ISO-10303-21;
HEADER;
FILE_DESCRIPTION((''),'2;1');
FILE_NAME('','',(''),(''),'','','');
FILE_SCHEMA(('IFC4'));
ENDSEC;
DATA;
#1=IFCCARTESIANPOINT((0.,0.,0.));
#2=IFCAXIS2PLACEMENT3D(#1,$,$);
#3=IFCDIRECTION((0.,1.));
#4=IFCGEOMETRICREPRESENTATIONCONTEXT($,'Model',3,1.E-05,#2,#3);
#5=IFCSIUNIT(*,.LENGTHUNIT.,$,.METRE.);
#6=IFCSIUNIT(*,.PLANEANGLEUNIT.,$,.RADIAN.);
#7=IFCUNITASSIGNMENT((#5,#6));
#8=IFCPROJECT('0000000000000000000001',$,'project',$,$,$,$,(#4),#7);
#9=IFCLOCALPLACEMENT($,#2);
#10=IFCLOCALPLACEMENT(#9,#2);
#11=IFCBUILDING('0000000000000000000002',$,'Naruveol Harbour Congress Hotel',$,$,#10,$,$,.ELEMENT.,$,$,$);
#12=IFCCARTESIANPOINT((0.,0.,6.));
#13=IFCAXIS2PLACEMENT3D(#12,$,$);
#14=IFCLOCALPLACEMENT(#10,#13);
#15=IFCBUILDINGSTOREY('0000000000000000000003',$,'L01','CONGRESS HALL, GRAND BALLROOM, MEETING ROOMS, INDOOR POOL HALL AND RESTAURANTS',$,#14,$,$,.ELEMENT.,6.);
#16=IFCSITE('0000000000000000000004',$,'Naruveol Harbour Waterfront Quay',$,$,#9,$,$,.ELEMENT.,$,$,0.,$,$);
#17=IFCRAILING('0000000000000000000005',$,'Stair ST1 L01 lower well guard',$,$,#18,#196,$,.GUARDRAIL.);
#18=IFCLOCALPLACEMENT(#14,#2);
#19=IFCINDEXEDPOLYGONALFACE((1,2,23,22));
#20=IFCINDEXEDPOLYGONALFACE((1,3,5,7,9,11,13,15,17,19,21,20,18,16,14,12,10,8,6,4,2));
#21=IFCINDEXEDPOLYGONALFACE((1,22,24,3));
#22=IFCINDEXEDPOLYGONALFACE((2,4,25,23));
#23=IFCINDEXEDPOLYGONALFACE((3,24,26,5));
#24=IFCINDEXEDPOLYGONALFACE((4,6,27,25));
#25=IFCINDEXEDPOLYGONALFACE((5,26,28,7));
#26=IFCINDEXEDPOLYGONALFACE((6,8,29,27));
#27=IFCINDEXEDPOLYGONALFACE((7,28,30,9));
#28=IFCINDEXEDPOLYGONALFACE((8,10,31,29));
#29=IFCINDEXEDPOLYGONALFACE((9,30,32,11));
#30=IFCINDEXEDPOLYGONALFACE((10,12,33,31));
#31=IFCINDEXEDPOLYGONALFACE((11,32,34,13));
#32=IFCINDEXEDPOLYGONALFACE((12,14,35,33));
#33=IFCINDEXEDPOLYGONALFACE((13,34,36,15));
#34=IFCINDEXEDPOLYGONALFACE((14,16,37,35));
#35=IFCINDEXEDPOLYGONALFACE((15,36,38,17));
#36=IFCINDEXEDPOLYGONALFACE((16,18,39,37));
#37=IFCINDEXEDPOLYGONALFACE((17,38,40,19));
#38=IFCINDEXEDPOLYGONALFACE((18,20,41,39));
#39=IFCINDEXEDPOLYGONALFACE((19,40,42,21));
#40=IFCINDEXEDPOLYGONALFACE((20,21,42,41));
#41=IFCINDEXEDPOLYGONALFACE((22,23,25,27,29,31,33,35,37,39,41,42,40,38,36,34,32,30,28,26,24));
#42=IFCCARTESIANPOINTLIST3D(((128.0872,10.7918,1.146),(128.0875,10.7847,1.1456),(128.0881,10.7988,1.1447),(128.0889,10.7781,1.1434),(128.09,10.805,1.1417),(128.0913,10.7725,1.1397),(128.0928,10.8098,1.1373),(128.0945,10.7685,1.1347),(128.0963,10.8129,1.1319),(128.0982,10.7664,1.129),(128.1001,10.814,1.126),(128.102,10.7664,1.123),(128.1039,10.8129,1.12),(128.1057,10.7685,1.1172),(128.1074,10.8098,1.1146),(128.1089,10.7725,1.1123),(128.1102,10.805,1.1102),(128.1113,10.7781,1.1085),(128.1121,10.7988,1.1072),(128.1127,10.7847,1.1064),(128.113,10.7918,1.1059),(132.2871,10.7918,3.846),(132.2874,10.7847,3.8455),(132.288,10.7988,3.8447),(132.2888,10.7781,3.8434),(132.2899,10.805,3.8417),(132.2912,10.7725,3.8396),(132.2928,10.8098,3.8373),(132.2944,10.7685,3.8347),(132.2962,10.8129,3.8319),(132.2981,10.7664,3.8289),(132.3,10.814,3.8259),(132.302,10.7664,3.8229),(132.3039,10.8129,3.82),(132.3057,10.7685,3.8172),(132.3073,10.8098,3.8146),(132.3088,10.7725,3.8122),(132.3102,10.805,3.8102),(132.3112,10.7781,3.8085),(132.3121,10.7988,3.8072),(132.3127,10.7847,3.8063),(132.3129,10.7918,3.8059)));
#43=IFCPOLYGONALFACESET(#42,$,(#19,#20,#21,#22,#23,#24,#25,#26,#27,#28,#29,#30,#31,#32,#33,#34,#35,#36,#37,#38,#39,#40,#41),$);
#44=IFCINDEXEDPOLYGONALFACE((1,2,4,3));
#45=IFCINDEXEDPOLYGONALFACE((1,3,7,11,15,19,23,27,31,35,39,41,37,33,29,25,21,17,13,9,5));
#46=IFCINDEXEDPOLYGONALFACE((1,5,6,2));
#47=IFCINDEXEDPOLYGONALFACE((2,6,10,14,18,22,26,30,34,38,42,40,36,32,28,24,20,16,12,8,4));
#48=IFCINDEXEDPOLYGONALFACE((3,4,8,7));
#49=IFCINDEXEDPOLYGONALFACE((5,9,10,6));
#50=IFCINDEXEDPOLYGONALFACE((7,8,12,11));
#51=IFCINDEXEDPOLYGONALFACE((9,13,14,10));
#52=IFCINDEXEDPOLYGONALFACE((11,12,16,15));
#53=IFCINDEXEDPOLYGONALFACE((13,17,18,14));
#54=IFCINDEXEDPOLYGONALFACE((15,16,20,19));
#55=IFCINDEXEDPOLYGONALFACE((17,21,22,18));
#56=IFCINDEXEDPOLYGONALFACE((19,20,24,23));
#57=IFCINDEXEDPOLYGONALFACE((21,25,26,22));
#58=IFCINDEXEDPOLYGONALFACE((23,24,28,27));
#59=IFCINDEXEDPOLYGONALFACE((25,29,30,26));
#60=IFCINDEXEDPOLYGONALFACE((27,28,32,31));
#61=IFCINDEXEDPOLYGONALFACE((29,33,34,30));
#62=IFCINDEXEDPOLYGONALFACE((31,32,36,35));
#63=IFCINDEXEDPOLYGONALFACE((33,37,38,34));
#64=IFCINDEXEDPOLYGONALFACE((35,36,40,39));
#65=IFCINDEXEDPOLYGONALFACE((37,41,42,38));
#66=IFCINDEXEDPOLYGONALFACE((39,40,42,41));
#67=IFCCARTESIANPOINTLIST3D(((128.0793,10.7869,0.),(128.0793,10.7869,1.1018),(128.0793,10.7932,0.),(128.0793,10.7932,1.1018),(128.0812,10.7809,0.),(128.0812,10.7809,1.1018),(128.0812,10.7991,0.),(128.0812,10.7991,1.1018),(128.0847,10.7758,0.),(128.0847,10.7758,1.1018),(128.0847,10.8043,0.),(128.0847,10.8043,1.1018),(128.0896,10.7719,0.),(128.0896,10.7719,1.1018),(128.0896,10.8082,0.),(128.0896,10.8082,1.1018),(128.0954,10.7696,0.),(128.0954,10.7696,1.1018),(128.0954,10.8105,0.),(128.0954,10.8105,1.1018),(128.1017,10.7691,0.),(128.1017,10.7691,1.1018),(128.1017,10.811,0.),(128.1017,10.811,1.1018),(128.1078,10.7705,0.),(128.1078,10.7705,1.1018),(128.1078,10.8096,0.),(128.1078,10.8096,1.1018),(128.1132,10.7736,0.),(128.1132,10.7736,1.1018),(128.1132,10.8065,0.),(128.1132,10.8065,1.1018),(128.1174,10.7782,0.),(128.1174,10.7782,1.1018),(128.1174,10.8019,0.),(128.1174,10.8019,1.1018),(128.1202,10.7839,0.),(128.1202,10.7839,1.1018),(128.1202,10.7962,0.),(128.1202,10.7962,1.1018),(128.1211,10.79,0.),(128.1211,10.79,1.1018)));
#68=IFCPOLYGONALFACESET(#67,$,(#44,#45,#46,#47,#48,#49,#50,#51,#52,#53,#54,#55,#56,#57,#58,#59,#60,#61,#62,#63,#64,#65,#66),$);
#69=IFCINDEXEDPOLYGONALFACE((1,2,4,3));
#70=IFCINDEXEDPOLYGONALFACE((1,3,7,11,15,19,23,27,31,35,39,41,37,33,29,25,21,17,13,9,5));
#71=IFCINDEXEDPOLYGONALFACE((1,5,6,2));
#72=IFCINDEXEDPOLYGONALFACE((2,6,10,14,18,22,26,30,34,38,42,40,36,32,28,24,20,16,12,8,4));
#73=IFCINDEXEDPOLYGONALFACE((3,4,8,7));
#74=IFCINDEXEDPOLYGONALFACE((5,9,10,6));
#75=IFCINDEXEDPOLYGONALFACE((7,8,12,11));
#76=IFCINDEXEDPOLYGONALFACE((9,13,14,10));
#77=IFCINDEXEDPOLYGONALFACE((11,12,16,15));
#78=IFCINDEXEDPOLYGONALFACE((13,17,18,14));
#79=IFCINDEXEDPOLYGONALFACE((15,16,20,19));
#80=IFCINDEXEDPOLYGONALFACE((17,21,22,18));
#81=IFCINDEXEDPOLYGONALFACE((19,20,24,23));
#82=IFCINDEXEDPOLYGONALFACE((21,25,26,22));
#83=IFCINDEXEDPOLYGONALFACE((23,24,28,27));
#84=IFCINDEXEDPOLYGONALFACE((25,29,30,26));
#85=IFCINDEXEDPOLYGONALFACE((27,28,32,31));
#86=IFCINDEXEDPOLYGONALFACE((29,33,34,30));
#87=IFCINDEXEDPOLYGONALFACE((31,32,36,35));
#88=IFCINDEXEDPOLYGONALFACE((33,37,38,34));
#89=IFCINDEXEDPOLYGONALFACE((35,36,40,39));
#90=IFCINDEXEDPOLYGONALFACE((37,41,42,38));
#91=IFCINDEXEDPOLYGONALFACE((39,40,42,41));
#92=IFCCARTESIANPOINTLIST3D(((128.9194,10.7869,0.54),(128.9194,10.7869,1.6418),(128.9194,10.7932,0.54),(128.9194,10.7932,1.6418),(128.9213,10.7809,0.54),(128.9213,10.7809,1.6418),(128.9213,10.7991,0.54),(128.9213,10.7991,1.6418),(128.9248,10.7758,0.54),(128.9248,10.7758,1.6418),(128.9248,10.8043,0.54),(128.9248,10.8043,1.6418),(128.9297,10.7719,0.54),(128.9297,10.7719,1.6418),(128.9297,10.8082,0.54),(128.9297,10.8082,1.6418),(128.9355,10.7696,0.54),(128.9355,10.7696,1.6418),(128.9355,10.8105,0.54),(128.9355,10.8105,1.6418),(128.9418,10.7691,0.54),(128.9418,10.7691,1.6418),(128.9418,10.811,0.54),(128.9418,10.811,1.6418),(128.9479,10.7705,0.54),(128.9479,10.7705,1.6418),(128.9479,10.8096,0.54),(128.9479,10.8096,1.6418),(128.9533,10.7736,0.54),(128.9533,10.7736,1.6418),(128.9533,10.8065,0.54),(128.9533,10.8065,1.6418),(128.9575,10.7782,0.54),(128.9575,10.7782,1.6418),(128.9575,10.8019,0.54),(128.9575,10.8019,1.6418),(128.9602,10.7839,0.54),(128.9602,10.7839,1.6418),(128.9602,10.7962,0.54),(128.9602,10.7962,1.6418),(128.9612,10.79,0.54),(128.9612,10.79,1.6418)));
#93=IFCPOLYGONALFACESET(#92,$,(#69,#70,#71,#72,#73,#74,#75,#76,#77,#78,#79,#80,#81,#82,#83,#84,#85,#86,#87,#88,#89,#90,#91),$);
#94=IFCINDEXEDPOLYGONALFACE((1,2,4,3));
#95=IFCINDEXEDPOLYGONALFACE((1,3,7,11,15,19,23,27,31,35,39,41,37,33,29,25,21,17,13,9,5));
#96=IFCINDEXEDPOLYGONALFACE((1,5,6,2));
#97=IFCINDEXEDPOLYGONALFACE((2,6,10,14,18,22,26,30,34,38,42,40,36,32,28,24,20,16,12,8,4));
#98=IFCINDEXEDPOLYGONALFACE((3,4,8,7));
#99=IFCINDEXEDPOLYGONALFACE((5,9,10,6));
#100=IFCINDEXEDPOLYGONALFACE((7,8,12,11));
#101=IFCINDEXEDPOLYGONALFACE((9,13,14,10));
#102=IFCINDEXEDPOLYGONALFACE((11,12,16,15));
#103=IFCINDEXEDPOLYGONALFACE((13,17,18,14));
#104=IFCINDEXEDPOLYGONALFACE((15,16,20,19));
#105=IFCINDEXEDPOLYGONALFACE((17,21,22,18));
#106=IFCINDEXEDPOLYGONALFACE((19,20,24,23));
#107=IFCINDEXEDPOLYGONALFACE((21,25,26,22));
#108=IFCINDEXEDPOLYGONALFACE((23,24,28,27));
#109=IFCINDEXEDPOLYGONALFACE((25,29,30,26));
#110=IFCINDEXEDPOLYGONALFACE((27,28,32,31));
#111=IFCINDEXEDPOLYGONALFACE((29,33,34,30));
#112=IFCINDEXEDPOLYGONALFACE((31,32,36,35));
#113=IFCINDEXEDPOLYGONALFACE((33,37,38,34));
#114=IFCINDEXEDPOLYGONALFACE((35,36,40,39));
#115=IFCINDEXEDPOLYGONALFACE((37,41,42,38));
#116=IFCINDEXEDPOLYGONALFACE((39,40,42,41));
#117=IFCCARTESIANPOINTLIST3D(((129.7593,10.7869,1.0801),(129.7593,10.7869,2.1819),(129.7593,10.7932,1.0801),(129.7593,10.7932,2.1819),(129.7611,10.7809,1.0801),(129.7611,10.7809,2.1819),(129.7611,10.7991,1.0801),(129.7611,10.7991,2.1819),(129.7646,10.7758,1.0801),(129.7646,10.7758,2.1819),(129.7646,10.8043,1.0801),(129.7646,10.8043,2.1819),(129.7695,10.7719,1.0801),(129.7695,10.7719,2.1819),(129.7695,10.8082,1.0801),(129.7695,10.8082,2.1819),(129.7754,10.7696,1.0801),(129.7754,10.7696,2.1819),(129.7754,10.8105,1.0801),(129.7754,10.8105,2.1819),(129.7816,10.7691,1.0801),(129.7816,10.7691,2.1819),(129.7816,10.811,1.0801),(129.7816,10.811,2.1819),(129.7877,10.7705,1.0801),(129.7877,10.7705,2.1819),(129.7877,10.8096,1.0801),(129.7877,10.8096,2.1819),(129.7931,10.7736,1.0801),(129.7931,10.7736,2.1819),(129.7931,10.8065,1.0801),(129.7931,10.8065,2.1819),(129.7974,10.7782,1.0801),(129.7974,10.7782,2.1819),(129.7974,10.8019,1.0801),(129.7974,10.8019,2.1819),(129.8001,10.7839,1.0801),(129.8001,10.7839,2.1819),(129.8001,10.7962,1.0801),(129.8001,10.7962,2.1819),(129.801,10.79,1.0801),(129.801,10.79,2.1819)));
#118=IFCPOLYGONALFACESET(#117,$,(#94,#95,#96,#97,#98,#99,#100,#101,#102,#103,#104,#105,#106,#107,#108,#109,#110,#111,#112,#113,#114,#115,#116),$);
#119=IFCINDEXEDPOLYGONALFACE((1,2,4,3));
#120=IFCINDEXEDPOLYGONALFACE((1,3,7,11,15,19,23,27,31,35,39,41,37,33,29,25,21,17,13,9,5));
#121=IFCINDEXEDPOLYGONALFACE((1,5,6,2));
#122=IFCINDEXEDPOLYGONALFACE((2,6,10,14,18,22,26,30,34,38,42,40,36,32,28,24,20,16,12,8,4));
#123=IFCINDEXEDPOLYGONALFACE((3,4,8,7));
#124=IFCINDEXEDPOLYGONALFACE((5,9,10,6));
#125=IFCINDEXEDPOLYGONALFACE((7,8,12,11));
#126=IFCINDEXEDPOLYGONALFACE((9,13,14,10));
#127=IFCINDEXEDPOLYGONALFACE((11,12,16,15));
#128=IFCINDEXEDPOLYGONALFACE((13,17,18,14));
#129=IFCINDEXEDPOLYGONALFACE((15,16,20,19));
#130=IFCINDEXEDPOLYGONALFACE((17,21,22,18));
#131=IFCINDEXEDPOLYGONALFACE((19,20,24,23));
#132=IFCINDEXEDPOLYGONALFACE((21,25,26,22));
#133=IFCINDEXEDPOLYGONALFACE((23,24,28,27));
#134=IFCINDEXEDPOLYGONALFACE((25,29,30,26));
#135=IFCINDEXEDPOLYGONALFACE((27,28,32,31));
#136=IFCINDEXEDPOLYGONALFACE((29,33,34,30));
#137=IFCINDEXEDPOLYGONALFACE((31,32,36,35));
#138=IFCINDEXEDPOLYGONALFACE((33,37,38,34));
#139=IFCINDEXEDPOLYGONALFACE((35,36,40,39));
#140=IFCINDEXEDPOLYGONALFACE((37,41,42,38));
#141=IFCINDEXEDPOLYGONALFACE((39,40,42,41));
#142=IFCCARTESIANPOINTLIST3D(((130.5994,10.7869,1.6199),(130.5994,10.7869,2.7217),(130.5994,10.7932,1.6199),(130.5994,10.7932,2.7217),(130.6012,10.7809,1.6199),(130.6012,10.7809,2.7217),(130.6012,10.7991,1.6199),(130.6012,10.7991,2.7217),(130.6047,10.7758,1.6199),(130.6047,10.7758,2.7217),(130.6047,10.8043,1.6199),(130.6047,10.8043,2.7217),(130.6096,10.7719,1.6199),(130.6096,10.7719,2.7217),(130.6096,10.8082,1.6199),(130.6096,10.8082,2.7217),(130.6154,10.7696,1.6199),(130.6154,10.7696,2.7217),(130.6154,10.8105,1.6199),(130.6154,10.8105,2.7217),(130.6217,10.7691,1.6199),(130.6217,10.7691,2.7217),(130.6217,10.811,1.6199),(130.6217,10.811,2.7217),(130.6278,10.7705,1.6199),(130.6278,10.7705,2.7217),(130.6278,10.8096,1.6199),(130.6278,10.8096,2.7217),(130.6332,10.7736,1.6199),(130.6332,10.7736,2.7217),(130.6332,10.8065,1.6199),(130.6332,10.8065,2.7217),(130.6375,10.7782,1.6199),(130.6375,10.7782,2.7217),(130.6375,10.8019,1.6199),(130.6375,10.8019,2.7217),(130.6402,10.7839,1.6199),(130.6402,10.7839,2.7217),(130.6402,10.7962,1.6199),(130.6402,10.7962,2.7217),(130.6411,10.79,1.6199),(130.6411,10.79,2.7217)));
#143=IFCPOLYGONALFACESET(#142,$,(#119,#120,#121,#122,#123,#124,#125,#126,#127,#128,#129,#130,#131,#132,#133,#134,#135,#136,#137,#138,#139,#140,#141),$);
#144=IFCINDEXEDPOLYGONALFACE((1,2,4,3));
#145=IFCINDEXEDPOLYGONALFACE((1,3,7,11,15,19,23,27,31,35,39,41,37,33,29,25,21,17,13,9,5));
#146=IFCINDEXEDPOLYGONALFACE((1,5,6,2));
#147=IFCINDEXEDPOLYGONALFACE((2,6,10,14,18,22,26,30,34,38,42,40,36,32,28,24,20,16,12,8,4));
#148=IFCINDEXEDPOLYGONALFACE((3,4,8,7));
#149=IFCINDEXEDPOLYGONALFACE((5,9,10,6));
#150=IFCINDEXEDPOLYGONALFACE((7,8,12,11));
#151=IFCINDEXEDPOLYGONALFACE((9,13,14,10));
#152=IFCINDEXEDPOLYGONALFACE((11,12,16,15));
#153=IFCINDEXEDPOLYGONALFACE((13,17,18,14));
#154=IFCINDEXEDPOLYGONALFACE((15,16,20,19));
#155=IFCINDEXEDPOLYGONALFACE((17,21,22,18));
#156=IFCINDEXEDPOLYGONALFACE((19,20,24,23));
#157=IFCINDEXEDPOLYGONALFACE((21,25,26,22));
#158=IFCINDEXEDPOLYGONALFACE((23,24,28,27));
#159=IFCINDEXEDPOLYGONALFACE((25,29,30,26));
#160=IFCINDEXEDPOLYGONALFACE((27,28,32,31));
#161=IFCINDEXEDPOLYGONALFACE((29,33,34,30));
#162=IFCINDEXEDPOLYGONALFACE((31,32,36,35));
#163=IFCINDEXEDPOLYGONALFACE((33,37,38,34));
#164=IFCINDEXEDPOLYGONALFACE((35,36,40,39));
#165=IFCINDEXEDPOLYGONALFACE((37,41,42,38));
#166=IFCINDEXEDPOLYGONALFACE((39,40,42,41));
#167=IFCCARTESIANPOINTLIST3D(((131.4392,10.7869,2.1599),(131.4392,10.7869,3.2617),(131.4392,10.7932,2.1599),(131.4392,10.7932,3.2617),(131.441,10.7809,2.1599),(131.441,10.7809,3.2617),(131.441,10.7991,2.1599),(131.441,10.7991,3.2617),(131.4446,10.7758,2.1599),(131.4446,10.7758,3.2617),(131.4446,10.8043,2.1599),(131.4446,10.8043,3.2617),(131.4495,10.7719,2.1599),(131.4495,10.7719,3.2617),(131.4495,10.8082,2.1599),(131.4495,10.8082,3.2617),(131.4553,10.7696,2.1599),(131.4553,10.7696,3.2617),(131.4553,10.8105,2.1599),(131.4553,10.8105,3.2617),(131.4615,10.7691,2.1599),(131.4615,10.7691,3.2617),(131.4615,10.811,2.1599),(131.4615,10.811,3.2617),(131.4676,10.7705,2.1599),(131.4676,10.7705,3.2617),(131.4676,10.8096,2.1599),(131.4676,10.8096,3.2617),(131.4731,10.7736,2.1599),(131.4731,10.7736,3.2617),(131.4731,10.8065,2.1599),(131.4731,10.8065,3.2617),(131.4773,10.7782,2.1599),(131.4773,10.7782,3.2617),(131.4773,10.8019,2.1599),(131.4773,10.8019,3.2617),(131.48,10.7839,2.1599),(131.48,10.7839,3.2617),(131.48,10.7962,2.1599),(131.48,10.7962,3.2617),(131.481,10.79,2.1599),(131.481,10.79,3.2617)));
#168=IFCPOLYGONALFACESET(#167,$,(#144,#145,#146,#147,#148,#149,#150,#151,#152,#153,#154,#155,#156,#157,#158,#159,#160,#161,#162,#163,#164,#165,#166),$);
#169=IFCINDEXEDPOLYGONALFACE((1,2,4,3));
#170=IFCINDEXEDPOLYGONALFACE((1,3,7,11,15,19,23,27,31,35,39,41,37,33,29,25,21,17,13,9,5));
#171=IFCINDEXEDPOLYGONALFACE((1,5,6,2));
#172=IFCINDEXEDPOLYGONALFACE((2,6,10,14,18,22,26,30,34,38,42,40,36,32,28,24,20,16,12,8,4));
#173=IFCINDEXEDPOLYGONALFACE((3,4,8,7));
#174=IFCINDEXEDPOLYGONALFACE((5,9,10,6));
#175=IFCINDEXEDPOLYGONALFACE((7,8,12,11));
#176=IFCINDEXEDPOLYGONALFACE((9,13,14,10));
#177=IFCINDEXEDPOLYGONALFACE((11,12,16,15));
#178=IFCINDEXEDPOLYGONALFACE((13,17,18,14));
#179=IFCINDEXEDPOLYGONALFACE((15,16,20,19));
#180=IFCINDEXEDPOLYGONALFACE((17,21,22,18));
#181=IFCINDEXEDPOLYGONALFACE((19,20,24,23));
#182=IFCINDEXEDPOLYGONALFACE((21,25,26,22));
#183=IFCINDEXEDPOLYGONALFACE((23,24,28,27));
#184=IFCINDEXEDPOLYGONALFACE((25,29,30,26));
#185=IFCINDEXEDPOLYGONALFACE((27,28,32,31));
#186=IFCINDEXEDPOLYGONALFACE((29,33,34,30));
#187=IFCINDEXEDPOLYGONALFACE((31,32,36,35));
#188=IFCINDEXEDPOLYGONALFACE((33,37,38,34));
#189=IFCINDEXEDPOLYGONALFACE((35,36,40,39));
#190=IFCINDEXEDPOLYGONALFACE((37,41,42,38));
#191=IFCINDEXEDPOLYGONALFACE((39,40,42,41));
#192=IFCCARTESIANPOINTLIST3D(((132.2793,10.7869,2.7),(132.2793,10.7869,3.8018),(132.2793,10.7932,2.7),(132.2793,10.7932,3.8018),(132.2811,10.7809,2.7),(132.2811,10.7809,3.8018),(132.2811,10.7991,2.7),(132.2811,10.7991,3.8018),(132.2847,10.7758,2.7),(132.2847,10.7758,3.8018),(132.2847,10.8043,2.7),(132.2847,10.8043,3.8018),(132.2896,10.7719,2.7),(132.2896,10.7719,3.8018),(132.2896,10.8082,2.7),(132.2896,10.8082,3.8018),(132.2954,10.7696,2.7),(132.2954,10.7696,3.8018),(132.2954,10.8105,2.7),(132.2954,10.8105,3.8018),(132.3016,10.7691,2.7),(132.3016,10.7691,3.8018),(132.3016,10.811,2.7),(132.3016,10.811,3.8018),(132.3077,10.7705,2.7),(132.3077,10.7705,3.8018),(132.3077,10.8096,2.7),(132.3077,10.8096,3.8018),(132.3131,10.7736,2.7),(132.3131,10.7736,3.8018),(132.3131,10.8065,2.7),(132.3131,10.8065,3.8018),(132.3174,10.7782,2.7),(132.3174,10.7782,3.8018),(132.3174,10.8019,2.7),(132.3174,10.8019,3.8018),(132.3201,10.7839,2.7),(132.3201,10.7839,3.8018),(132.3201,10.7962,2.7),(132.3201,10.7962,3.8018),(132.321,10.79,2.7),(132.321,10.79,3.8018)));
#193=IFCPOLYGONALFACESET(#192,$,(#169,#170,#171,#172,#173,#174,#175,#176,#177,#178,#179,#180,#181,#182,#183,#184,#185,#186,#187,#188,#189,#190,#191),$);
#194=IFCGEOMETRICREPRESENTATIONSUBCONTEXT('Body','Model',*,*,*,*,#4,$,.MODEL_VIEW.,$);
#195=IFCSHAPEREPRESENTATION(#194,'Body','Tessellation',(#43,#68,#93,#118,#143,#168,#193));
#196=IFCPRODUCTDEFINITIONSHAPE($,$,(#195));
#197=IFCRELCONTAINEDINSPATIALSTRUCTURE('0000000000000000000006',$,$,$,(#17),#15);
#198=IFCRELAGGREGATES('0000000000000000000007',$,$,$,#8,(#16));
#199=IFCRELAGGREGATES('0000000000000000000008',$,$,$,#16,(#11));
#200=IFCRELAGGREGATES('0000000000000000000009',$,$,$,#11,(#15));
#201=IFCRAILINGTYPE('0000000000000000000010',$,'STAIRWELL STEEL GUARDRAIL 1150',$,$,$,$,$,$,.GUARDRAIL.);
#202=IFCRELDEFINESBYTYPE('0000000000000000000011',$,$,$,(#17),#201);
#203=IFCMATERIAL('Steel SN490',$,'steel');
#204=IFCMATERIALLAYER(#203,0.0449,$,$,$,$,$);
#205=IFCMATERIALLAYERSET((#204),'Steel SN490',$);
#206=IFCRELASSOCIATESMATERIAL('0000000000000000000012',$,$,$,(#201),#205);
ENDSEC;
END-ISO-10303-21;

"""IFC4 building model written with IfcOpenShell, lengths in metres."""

from ifc_helpers import new_model, si_unit, direction, frame, origin, origin_2d, place, context, subcontext, project, spatial, circle, extrude, material, layer, layer_set, type_object, element, save


model = new_model("IFC4")

# Units and contexts
model_context = context("Model", 3, precision=1e-05, world=origin(), true_north=direction((0.0, 1.0)))
body_context = subcontext(model_context, "Body", "Model", "MODEL_VIEW")
ifc_project = project(units=[si_unit("LENGTHUNIT", "METRE"), si_unit("PLANEANGLEUNIT", "RADIAN")], contexts=[model_context])

# Site, building, storey
site_placement = place(None, origin())
site = spatial("IfcSite", under=ifc_project, at=site_placement, Name="Naruveol Harbour Waterfront Quay", CompositionType="ELEMENT", RefElevation=0.0)
building_placement = place(site_placement, origin())
building = spatial("IfcBuilding", under=site, at=building_placement, Name="Naruveol Harbour Congress Hotel", CompositionType="ELEMENT")
storey_placement = place(building_placement, frame((0.0, 0.0, 6.0)))
storey = spatial("IfcBuildingStorey", under=building, at=storey_placement, Name="L01", Description="CONGRESS HALL, GRAND BALLROOM, MEETING ROOMS, INDOOR POOL HALL AND RESTAURANTS", CompositionType="ELEMENT", Elevation=6.0)

# Railing
ifc_material_1 = material(Name="Steel SN490", Category="steel")
ifc_layer_1 = layer(ifc_material_1, 0.0449)
ifc_layer_set_1 = layer_set([ifc_layer_1], Name="Steel SN490")
railing_type_1 = type_object("IfcRailingType", Name="STAIRWELL STEEL GUARDRAIL 1150", PredefinedType="GUARDRAIL", material=ifc_layer_set_1)
railing_1_placement = place(storey_placement, frame((128.1001, 10.79, 0.0)))
element("IfcRailing", 1, at=railing_1_placement, inside=storey, type_object=railing_type_1, Name="Stair ST1 L01 lower well guard", PredefinedType="GUARDRAIL", context=body_context, shape_type="SweptSolid", body=[
    extrude(circle(Radius=0.0239, at=origin_2d()), frame((0.0, 0.0, 1.126), z_axis=(0.84118, 0.0, 0.540755), x_axis=(0.0, 1.0, 0.0)), (0.0, 0.0, 1.0), 4.9929),
    extrude(circle(Radius=0.021, at=origin_2d()), origin(), (0.0, 0.0, 1.0), 1.1018),
    extrude(circle(Radius=0.021, at=origin_2d()), frame((0.8401, 0.0, 0.54)), (0.0, 0.0, 1.0), 1.1018),
    extrude(circle(Radius=0.021, at=origin_2d()), frame((1.6799, 0.0, 1.0801)), (0.0, 0.0, 1.0), 1.1018),
    extrude(circle(Radius=0.021, at=origin_2d()), frame((2.52, 0.0, 1.6199)), (0.0, 0.0, 1.0), 1.1018),
    extrude(circle(Radius=0.021, at=origin_2d()), frame((3.3599, 0.0, 2.1599)), (0.0, 0.0, 1.0), 1.1018),
    extrude(circle(Radius=0.021, at=origin_2d()), frame((4.2, 0.0, 2.7)), (0.0, 0.0, 1.0), 1.1018),
])

save(model, "model.ifc")
